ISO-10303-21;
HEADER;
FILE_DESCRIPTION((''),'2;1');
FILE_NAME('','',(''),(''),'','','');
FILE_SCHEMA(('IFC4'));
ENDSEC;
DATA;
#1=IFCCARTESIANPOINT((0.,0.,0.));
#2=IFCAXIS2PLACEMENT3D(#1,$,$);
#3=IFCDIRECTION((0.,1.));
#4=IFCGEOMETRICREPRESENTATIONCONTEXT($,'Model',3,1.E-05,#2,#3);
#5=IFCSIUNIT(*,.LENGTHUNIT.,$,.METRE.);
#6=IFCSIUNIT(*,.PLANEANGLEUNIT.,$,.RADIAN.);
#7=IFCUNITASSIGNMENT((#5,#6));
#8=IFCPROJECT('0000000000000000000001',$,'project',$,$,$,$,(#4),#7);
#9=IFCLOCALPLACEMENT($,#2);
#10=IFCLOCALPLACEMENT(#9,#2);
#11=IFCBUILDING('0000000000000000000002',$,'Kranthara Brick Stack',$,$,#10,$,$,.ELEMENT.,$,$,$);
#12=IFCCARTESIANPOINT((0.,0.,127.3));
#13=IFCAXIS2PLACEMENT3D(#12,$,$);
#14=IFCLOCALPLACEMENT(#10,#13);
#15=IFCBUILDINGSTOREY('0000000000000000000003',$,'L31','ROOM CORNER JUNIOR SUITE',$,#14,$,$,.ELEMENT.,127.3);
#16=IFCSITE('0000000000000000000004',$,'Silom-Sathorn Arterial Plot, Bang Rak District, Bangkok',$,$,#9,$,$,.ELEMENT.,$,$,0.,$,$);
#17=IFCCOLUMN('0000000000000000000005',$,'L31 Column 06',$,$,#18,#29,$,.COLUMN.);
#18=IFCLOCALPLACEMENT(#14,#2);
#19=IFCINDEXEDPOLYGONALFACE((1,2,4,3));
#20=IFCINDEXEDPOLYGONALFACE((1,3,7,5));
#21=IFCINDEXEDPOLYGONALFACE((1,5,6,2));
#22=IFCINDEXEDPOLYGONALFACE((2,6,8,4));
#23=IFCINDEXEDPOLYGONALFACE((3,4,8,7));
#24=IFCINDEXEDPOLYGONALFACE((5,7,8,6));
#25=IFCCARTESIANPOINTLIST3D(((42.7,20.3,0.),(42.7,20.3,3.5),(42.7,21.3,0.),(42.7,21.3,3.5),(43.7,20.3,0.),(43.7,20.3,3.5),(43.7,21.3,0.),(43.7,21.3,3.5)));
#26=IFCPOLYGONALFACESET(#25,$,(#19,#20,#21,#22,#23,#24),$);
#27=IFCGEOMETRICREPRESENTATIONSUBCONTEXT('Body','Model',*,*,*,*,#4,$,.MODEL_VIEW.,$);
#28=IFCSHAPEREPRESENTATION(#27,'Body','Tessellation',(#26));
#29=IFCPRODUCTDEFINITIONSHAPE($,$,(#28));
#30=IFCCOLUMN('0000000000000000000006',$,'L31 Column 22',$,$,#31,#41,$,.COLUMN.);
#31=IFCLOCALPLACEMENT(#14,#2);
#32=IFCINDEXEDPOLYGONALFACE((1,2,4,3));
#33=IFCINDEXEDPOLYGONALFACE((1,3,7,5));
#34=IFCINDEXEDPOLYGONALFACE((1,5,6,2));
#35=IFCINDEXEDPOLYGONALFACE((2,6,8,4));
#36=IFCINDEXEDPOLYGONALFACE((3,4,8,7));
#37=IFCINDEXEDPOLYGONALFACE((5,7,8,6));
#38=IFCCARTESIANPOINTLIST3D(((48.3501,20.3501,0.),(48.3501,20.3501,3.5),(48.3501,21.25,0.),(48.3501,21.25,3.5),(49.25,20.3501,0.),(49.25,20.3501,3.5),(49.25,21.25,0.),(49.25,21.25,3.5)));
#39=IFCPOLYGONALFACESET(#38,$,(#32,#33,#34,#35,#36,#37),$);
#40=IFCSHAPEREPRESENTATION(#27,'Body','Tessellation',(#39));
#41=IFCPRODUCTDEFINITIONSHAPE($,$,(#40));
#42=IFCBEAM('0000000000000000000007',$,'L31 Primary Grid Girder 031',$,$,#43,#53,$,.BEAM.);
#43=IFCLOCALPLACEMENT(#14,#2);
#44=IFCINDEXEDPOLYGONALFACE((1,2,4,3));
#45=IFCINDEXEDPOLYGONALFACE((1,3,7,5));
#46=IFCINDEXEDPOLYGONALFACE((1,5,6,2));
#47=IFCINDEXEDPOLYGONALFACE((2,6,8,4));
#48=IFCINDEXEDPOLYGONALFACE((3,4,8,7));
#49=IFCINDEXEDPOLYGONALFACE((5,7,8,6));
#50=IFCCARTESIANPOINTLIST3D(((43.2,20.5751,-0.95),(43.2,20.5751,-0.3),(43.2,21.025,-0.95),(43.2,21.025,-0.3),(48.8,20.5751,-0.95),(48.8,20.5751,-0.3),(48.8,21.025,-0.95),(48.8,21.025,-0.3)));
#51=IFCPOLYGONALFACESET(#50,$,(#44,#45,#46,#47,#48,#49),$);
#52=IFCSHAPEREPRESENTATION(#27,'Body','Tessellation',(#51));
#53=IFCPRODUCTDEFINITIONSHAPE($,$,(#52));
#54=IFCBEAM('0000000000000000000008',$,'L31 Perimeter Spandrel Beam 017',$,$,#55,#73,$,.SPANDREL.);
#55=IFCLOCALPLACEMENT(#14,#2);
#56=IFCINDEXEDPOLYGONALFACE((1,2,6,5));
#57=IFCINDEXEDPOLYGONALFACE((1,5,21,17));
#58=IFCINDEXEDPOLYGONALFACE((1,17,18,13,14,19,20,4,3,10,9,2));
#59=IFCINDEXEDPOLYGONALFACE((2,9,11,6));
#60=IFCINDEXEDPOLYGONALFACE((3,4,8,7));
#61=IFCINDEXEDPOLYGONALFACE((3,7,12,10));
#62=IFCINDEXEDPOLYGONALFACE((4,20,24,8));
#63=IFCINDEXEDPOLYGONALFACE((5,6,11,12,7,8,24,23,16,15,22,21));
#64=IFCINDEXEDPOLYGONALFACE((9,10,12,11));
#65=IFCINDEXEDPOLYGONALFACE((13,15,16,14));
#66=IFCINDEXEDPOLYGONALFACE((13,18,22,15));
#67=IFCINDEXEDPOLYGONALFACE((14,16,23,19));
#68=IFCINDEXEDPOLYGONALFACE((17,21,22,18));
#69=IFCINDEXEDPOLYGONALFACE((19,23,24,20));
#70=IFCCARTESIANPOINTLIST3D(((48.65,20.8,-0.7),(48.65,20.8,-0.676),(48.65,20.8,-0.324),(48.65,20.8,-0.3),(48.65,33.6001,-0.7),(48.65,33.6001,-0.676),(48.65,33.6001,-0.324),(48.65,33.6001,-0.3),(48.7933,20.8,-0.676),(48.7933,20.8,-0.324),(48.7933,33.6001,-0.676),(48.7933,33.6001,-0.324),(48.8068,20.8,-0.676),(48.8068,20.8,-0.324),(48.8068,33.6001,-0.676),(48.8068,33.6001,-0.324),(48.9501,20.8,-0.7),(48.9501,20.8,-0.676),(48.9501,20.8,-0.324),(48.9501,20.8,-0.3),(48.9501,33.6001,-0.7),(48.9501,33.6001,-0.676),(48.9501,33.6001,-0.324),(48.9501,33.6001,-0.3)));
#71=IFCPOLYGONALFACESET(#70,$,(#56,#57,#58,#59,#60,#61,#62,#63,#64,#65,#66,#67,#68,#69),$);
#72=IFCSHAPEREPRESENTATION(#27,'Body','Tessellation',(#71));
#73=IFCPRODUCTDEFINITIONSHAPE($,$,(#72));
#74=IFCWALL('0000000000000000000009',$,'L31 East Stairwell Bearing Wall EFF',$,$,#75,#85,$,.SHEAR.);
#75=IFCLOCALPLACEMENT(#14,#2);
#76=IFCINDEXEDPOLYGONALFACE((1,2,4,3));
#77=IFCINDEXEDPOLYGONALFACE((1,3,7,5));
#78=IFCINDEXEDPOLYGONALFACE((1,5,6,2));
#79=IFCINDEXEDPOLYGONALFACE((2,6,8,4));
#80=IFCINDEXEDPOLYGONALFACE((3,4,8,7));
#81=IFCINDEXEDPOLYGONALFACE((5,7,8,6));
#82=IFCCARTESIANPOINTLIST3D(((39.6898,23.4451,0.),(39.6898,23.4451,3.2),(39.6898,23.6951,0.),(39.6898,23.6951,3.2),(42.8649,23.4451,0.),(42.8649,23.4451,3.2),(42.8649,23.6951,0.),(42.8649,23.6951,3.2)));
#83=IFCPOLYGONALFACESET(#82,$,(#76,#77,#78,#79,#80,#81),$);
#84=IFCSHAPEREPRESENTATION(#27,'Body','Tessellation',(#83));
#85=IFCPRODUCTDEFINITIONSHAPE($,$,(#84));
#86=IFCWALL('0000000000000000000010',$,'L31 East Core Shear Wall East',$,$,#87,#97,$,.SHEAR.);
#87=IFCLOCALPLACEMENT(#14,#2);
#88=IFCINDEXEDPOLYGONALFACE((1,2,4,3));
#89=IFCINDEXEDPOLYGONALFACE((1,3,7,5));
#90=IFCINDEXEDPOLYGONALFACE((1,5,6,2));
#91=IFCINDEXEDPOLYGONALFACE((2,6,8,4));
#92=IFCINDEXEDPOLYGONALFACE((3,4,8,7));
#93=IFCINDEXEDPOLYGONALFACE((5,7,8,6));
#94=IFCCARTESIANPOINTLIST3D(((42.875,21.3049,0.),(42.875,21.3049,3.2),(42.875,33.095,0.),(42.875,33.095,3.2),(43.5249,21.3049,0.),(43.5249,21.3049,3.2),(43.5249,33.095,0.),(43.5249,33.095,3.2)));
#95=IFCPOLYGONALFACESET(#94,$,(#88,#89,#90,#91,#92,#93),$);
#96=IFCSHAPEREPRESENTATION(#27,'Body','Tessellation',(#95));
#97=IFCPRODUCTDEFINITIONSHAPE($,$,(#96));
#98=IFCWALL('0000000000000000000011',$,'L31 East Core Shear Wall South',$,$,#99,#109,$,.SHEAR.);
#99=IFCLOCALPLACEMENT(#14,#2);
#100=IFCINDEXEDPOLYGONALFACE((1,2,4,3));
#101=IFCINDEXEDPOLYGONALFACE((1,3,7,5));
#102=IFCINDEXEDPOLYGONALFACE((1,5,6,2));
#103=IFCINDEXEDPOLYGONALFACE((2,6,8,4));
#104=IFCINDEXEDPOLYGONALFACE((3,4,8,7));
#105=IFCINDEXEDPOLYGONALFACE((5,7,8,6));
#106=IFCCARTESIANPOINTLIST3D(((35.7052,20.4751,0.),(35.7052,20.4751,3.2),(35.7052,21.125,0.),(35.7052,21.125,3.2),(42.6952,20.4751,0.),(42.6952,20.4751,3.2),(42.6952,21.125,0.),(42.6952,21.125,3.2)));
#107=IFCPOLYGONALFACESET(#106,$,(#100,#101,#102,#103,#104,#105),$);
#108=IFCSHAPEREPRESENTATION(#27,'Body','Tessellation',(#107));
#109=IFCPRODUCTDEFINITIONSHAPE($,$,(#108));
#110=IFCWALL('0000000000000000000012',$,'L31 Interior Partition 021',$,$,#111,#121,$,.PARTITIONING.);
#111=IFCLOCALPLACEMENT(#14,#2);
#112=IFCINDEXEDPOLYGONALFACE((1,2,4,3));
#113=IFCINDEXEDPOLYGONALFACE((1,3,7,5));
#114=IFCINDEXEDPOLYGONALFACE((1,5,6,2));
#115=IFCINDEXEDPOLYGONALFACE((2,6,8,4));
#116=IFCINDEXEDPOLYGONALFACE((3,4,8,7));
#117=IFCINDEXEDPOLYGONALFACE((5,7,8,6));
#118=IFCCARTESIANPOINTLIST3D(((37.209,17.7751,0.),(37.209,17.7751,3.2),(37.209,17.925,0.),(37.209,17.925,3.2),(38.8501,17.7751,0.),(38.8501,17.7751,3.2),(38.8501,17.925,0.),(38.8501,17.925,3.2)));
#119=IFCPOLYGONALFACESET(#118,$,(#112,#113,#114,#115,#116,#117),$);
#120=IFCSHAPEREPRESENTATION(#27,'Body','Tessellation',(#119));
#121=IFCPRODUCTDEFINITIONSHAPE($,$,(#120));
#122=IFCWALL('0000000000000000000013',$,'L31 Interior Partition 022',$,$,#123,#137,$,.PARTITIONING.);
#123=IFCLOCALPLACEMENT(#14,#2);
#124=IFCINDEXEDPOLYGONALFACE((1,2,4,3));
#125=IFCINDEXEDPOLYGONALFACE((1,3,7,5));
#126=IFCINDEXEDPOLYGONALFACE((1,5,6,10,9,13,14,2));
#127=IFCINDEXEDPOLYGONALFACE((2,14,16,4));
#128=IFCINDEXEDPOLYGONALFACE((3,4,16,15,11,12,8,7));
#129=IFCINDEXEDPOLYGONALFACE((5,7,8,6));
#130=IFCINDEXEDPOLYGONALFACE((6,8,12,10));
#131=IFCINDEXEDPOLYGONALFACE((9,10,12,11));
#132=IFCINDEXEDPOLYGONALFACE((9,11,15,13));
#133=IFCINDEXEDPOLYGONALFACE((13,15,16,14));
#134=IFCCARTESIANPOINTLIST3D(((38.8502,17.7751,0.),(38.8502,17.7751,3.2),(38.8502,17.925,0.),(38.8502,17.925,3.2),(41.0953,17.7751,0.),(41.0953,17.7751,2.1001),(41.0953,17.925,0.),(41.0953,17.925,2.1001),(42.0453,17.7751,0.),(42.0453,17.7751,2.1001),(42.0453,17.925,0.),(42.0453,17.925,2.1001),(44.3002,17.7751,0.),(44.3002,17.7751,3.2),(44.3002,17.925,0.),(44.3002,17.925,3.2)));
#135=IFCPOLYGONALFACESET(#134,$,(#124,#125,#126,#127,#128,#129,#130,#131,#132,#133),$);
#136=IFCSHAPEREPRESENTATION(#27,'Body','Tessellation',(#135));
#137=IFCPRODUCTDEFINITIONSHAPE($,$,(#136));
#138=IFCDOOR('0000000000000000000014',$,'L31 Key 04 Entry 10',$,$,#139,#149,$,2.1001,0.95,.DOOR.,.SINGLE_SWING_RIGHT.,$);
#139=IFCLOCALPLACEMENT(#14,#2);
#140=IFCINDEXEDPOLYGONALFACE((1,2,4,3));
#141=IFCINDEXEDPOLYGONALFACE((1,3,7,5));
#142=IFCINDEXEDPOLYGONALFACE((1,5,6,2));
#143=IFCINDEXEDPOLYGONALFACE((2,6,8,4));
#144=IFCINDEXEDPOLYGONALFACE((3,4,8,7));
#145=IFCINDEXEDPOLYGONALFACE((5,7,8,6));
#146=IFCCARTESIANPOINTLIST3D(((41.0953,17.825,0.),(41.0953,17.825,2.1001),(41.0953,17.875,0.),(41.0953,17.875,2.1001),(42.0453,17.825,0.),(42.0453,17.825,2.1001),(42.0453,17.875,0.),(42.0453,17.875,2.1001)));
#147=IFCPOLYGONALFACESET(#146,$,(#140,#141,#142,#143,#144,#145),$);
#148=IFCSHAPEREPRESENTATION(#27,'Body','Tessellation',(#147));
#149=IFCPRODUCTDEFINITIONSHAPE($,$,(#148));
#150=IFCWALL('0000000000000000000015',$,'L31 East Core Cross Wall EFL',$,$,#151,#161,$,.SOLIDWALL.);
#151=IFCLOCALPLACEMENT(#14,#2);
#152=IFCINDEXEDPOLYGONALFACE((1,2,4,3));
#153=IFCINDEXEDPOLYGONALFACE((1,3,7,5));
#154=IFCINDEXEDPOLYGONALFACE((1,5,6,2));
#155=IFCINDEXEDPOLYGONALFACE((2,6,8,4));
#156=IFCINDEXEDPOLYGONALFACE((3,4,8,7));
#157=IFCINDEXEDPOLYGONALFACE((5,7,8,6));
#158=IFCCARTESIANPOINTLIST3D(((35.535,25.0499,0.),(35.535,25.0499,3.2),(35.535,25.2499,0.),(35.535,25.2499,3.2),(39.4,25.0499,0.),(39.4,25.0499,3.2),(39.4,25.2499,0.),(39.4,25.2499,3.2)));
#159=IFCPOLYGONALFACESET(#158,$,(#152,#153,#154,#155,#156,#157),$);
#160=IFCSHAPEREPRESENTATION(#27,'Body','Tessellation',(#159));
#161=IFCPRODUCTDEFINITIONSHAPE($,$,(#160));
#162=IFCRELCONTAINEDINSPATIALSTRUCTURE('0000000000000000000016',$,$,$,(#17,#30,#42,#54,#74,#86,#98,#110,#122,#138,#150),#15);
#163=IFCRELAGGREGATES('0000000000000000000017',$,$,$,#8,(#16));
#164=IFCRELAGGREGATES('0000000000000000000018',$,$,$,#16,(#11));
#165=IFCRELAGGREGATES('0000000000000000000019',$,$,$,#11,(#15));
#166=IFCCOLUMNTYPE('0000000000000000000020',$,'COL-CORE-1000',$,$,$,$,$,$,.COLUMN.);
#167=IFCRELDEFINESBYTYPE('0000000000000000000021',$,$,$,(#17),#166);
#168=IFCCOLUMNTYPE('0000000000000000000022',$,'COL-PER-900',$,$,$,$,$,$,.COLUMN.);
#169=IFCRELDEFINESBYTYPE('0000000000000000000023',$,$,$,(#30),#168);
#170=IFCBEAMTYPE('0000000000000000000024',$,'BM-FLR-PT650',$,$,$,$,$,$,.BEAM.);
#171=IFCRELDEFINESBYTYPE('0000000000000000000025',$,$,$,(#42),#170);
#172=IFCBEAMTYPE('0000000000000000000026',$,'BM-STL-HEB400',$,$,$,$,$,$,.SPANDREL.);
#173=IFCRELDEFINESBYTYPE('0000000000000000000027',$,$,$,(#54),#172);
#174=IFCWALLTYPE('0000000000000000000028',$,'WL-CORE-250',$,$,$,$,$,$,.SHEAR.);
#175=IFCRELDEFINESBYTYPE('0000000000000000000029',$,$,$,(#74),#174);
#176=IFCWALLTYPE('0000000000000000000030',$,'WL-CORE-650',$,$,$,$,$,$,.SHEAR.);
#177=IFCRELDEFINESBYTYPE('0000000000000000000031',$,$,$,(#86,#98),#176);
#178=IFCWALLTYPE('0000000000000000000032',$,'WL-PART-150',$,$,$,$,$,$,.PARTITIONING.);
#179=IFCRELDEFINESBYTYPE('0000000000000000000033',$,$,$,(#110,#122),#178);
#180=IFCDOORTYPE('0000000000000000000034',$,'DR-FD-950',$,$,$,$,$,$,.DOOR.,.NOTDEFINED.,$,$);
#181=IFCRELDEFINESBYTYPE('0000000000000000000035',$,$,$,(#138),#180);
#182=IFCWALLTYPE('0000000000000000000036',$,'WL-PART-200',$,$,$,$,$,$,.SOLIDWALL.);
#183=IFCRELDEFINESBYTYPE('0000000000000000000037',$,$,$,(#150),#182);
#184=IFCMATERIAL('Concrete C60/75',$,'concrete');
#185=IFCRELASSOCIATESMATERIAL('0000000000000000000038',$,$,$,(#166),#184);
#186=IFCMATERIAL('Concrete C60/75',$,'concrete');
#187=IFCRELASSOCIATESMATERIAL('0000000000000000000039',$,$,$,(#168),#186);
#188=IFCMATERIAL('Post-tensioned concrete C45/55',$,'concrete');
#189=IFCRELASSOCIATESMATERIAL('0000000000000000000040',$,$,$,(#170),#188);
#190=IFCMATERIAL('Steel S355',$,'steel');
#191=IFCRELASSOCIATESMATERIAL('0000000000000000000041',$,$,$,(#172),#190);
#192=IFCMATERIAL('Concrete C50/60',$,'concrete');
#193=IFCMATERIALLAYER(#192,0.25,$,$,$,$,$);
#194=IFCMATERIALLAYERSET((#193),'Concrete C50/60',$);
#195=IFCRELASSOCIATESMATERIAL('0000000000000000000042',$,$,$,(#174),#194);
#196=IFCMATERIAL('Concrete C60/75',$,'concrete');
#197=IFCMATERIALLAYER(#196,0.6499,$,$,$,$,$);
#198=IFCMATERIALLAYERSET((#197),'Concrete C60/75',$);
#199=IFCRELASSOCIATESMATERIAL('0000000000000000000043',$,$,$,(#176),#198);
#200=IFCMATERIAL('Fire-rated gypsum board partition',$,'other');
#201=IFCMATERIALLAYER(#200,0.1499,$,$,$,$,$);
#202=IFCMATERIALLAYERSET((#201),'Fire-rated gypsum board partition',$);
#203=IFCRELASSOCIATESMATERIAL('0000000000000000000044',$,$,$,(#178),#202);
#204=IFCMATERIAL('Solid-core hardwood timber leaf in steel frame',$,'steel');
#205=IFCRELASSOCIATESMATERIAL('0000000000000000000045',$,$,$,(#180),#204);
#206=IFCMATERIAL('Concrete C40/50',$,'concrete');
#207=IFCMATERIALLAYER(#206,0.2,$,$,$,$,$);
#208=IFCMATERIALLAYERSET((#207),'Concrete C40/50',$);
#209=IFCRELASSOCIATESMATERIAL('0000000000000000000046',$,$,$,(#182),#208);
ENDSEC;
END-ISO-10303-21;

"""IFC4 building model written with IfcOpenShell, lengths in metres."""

from ifc_helpers import new_model, si_unit, direction, frame, frame_2d, origin, origin_2d, place, context, subcontext, project, spatial, rectangle, i_section, extrude, material, layer, layer_set, material_profile, profile_set, type_object, element, fill, save


model = new_model("IFC4")

# Units and contexts
model_context = context("Model", 3, precision=1e-05, world=origin(), true_north=direction((0.0, 1.0)))
body_context = subcontext(model_context, "Body", "Model", "MODEL_VIEW")
ifc_project = project(units=[si_unit("LENGTHUNIT", "METRE"), si_unit("PLANEANGLEUNIT", "RADIAN")], contexts=[model_context])

# Site, building, storey
site_placement = place(None, origin())
site = spatial("IfcSite", under=ifc_project, at=site_placement, Name="Silom-Sathorn Arterial Plot, Bang Rak District, Bangkok", CompositionType="ELEMENT", RefElevation=0.0)
building_placement = place(site_placement, origin())
building = spatial("IfcBuilding", under=site, at=building_placement, Name="Kranthara Brick Stack", CompositionType="ELEMENT")
storey_placement = place(building_placement, frame((0.0, 0.0, 127.3)))
storey = spatial("IfcBuildingStorey", under=building, at=storey_placement, Name="L31", Description="ROOM CORNER JUNIOR SUITE", CompositionType="ELEMENT", Elevation=127.3)

# Columns
ifc_material_1 = material(Name="Concrete C60/75", Category="concrete")
ifc_material_profile_1 = material_profile(ifc_material_1, rectangle(XDim=1.0, YDim=1.0, at=origin_2d()), Name="RC 1000x1000")
ifc_profile_set_1 = profile_set([ifc_material_profile_1], Name="Concrete C60/75")
column_type_1 = type_object("IfcColumnType", Name="COL-CORE-1000", PredefinedType="COLUMN", material=ifc_profile_set_1)
column_1_placement = place(storey_placement, frame((43.2, 20.8, 0.0), z_axis=(0.0, 0.0, 1.0), x_axis=(1.0, 0.0, 0.0)))
element("IfcColumn", 1, at=column_1_placement, inside=storey, type_object=column_type_1, Name="L31 Column 06", PredefinedType="COLUMN", context=body_context, shape_type="SweptSolid", body=[
    extrude(rectangle(XDim=1.0, YDim=1.0, at=origin_2d()), origin(), (0.0, 0.0, 1.0), 3.5),
])
ifc_material_2 = material(Name="Concrete C60/75", Category="concrete")
ifc_material_profile_2 = material_profile(ifc_material_2, rectangle(XDim=0.8999, YDim=0.8999, at=origin_2d()), Name="RC 900x900")
ifc_profile_set_2 = profile_set([ifc_material_profile_2], Name="Concrete C60/75")
column_type_2 = type_object("IfcColumnType", Name="COL-PER-900", PredefinedType="COLUMN", material=ifc_profile_set_2)
column_2_placement = place(storey_placement, frame((48.8, 20.8, 0.0), z_axis=(0.0, 0.0, 1.0), x_axis=(1.0, 0.0, 0.0)))
element("IfcColumn", 2, at=column_2_placement, inside=storey, type_object=column_type_2, Name="L31 Column 22", PredefinedType="COLUMN", context=body_context, shape_type="SweptSolid", body=[
    extrude(rectangle(XDim=0.8999, YDim=0.8999, at=origin_2d()), origin(), (0.0, 0.0, 1.0), 3.5),
])

# Beams
ifc_material_3 = material(Name="Post-tensioned concrete C45/55", Category="concrete")
ifc_material_profile_3 = material_profile(ifc_material_3, rectangle(XDim=0.45, YDim=0.6499, at=origin_2d()), Name="PT 450x650")
ifc_profile_set_3 = profile_set([ifc_material_profile_3], Name="Post-tensioned concrete C45/55")
beam_type_1 = type_object("IfcBeamType", Name="BM-FLR-PT650", PredefinedType="BEAM", material=ifc_profile_set_3)
beam_1_placement = place(storey_placement, frame((43.2, 20.8, -0.625), z_axis=(1.0, 0.0, 0.0), x_axis=(0.0, 1.0, 0.0)))
element("IfcBeam", 3, at=beam_1_placement, inside=storey, type_object=beam_type_1, Name="L31 Primary Grid Girder 031", PredefinedType="BEAM", context=body_context, shape_type="SweptSolid", body=[
    extrude(rectangle(XDim=0.45, YDim=0.6499, at=origin_2d()), origin(), (0.0, 0.0, 1.0), 5.6001),
])
ifc_material_4 = material(Name="Steel S355", Category="steel")
ifc_material_profile_4 = material_profile(ifc_material_4, i_section(OverallWidth=0.3, OverallDepth=0.3999, WebThickness=0.0134, FlangeThickness=0.0239, at=origin_2d()), Name="HEB 400")
ifc_profile_set_4 = profile_set([ifc_material_profile_4], Name="Steel S355")
beam_type_2 = type_object("IfcBeamType", Name="BM-STL-HEB400", PredefinedType="SPANDREL", material=ifc_profile_set_4)
beam_2_placement = place(storey_placement, frame((48.8, 20.8, -0.5), z_axis=(0.0, 1.0, 0.0), x_axis=(-1.0, 0.0, 0.0)))
element("IfcBeam", 4, at=beam_2_placement, inside=storey, type_object=beam_type_2, Name="L31 Perimeter Spandrel Beam 017", PredefinedType="SPANDREL", context=body_context, shape_type="SweptSolid", body=[
    extrude(i_section(OverallWidth=0.3, OverallDepth=0.3999, WebThickness=0.0134, FlangeThickness=0.0239, at=origin_2d()), origin(), (0.0, 0.0, 1.0), 12.8),
])

# Shared definitions
ifc_material_5 = material(Name="Concrete C50/60", Category="concrete")
ifc_layer_1 = layer(ifc_material_5, 0.25)
ifc_layer_set_1 = layer_set([ifc_layer_1], Name="Concrete C50/60")
wall_type_1 = type_object("IfcWallType", Name="WL-CORE-250", PredefinedType="SHEAR", material=ifc_layer_set_1)

# Walls
wall_1_placement = place(storey_placement, frame((39.6899, 23.5701, 0.0), z_axis=(0.0, 0.0, 1.0), x_axis=(1.0, 0.0, 0.0)))
element("IfcWall", 5, at=wall_1_placement, inside=storey, type_object=wall_type_1, Name="L31 East Stairwell Bearing Wall EFF", PredefinedType="SHEAR", context=body_context, shape_type="SweptSolid", body=[
    extrude(rectangle(XDim=3.175, YDim=0.25, at=frame_2d((1.5874, 0.0))), origin(), (0.0, 0.0, 1.0), 3.2),
])
ifc_material_6 = material(Name="Concrete C60/75", Category="concrete")
ifc_layer_2 = layer(ifc_material_6, 0.6499)
ifc_layer_set_2 = layer_set([ifc_layer_2], Name="Concrete C60/75")
wall_type_2 = type_object("IfcWallType", Name="WL-CORE-650", PredefinedType="SHEAR", material=ifc_layer_set_2)
wall_2_placement = place(storey_placement, frame((43.2, 21.3049, 0.0), z_axis=(0.0, 0.0, 1.0), x_axis=(0.0, 1.0, 0.0)))
element("IfcWall", 6, at=wall_2_placement, inside=storey, type_object=wall_type_2, Name="L31 East Core Shear Wall East", PredefinedType="SHEAR", context=body_context, shape_type="SweptSolid", body=[
    extrude(rectangle(XDim=11.79, YDim=0.6499, at=frame_2d((5.895, 0.0))), origin(), (0.0, 0.0, 1.0), 3.2),
])
wall_3_placement = place(storey_placement, frame((35.7051, 20.8, 0.0), z_axis=(0.0, 0.0, 1.0), x_axis=(1.0, 0.0, 0.0)))
element("IfcWall", 7, at=wall_3_placement, inside=storey, type_object=wall_type_2, Name="L31 East Core Shear Wall South", PredefinedType="SHEAR", context=body_context, shape_type="SweptSolid", body=[
    extrude(rectangle(XDim=6.99, YDim=0.6499, at=frame_2d((3.4951, 0.0))), origin(), (0.0, 0.0, 1.0), 3.2),
])

# Wall
ifc_material_7 = material(Name="Fire-rated gypsum board partition", Category="other")
ifc_layer_3 = layer(ifc_material_7, 0.1499)
ifc_layer_set_3 = layer_set([ifc_layer_3], Name="Fire-rated gypsum board partition")
wall_type_3 = type_object("IfcWallType", Name="WL-PART-150", PredefinedType="PARTITIONING", material=ifc_layer_set_3)
wall_4_placement = place(storey_placement, frame((37.209, 17.8501, 0.0), z_axis=(0.0, 0.0, 1.0), x_axis=(1.0, 0.0, 0.0)))
element("IfcWall", 8, at=wall_4_placement, inside=storey, type_object=wall_type_3, Name="L31 Interior Partition 021", PredefinedType="PARTITIONING", context=body_context, shape_type="SweptSolid", body=[
    extrude(rectangle(XDim=1.6411, YDim=0.1499, at=frame_2d((0.8206, 0.0))), origin(), (0.0, 0.0, 1.0), 3.2),
])

# Wall, opening, door
wall_5_placement = place(storey_placement, frame((38.8501, 17.8501, 0.0), z_axis=(0.0, 0.0, 1.0), x_axis=(1.0, 0.0, 0.0)))
wall_5 = element("IfcWall", 9, at=wall_5_placement, inside=storey, type_object=wall_type_3, Name="L31 Interior Partition 022", PredefinedType="PARTITIONING", context=body_context, shape_type="SweptSolid", body=[
    extrude(rectangle(XDim=5.45, YDim=0.1499, at=frame_2d((2.7251, 0.0))), origin(), (0.0, 0.0, 1.0), 3.2),
])
opening_1_placement = place(wall_5_placement, frame((2.2451, 0.0, 0.0)))
opening_1 = element("IfcOpeningElement", 10, at=opening_1_placement, cuts=wall_5, PredefinedType="OPENING", context=body_context, shape_type="SweptSolid", body=[
    extrude(rectangle(XDim=0.95, YDim=2.1001, at=frame_2d((0.4751, 1.05))), frame((0.0, 0.085, 0.0), z_axis=(0.0, -1.0, 0.0), x_axis=(1.0, 0.0, 0.0)), (0.0, 0.0, 1.0), 0.1699),
])
ifc_material_8 = material(Name="Solid-core hardwood timber leaf in steel frame", Category="steel")
door_type_1 = type_object("IfcDoorType", Name="DR-FD-950", OperationType="NOTDEFINED", PredefinedType="DOOR", material=ifc_material_8)
door_1_placement = place(opening_1_placement, origin())
door_1 = element("IfcDoor", 11, at=door_1_placement, inside=storey, type_object=door_type_1, Name="L31 Key 04 Entry 10", OperationType="SINGLE_SWING_RIGHT", OverallHeight=2.1001, OverallWidth=0.95, PredefinedType="DOOR", context=body_context, shape_type="SweptSolid", body=[
    extrude(rectangle(XDim=0.95, YDim=2.1001, at=frame_2d((0.4751, 1.05))), frame((0.0, 0.0249, 0.0), z_axis=(0.0, -1.0, 0.0), x_axis=(1.0, 0.0, 0.0)), (0.0, 0.0, 1.0), 0.05),
])
fill(opening_1, door_1)

# Wall
ifc_material_9 = material(Name="Concrete C40/50", Category="concrete")
ifc_layer_4 = layer(ifc_material_9, 0.2)
ifc_layer_set_4 = layer_set([ifc_layer_4], Name="Concrete C40/50")
wall_type_4 = type_object("IfcWallType", Name="WL-PART-200", PredefinedType="SOLIDWALL", material=ifc_layer_set_4)
wall_6_placement = place(storey_placement, frame((35.5349, 25.1499, 0.0), z_axis=(0.0, 0.0, 1.0), x_axis=(1.0, 0.0, 0.0)))
element("IfcWall", 12, at=wall_6_placement, inside=storey, type_object=wall_type_4, Name="L31 East Core Cross Wall EFL", PredefinedType="SOLIDWALL", context=body_context, shape_type="SweptSolid", body=[
    extrude(rectangle(XDim=3.865, YDim=0.2, at=frame_2d((1.9326, 0.0))), origin(), (0.0, 0.0, 1.0), 3.2),
])

save(model, "model.ifc")
